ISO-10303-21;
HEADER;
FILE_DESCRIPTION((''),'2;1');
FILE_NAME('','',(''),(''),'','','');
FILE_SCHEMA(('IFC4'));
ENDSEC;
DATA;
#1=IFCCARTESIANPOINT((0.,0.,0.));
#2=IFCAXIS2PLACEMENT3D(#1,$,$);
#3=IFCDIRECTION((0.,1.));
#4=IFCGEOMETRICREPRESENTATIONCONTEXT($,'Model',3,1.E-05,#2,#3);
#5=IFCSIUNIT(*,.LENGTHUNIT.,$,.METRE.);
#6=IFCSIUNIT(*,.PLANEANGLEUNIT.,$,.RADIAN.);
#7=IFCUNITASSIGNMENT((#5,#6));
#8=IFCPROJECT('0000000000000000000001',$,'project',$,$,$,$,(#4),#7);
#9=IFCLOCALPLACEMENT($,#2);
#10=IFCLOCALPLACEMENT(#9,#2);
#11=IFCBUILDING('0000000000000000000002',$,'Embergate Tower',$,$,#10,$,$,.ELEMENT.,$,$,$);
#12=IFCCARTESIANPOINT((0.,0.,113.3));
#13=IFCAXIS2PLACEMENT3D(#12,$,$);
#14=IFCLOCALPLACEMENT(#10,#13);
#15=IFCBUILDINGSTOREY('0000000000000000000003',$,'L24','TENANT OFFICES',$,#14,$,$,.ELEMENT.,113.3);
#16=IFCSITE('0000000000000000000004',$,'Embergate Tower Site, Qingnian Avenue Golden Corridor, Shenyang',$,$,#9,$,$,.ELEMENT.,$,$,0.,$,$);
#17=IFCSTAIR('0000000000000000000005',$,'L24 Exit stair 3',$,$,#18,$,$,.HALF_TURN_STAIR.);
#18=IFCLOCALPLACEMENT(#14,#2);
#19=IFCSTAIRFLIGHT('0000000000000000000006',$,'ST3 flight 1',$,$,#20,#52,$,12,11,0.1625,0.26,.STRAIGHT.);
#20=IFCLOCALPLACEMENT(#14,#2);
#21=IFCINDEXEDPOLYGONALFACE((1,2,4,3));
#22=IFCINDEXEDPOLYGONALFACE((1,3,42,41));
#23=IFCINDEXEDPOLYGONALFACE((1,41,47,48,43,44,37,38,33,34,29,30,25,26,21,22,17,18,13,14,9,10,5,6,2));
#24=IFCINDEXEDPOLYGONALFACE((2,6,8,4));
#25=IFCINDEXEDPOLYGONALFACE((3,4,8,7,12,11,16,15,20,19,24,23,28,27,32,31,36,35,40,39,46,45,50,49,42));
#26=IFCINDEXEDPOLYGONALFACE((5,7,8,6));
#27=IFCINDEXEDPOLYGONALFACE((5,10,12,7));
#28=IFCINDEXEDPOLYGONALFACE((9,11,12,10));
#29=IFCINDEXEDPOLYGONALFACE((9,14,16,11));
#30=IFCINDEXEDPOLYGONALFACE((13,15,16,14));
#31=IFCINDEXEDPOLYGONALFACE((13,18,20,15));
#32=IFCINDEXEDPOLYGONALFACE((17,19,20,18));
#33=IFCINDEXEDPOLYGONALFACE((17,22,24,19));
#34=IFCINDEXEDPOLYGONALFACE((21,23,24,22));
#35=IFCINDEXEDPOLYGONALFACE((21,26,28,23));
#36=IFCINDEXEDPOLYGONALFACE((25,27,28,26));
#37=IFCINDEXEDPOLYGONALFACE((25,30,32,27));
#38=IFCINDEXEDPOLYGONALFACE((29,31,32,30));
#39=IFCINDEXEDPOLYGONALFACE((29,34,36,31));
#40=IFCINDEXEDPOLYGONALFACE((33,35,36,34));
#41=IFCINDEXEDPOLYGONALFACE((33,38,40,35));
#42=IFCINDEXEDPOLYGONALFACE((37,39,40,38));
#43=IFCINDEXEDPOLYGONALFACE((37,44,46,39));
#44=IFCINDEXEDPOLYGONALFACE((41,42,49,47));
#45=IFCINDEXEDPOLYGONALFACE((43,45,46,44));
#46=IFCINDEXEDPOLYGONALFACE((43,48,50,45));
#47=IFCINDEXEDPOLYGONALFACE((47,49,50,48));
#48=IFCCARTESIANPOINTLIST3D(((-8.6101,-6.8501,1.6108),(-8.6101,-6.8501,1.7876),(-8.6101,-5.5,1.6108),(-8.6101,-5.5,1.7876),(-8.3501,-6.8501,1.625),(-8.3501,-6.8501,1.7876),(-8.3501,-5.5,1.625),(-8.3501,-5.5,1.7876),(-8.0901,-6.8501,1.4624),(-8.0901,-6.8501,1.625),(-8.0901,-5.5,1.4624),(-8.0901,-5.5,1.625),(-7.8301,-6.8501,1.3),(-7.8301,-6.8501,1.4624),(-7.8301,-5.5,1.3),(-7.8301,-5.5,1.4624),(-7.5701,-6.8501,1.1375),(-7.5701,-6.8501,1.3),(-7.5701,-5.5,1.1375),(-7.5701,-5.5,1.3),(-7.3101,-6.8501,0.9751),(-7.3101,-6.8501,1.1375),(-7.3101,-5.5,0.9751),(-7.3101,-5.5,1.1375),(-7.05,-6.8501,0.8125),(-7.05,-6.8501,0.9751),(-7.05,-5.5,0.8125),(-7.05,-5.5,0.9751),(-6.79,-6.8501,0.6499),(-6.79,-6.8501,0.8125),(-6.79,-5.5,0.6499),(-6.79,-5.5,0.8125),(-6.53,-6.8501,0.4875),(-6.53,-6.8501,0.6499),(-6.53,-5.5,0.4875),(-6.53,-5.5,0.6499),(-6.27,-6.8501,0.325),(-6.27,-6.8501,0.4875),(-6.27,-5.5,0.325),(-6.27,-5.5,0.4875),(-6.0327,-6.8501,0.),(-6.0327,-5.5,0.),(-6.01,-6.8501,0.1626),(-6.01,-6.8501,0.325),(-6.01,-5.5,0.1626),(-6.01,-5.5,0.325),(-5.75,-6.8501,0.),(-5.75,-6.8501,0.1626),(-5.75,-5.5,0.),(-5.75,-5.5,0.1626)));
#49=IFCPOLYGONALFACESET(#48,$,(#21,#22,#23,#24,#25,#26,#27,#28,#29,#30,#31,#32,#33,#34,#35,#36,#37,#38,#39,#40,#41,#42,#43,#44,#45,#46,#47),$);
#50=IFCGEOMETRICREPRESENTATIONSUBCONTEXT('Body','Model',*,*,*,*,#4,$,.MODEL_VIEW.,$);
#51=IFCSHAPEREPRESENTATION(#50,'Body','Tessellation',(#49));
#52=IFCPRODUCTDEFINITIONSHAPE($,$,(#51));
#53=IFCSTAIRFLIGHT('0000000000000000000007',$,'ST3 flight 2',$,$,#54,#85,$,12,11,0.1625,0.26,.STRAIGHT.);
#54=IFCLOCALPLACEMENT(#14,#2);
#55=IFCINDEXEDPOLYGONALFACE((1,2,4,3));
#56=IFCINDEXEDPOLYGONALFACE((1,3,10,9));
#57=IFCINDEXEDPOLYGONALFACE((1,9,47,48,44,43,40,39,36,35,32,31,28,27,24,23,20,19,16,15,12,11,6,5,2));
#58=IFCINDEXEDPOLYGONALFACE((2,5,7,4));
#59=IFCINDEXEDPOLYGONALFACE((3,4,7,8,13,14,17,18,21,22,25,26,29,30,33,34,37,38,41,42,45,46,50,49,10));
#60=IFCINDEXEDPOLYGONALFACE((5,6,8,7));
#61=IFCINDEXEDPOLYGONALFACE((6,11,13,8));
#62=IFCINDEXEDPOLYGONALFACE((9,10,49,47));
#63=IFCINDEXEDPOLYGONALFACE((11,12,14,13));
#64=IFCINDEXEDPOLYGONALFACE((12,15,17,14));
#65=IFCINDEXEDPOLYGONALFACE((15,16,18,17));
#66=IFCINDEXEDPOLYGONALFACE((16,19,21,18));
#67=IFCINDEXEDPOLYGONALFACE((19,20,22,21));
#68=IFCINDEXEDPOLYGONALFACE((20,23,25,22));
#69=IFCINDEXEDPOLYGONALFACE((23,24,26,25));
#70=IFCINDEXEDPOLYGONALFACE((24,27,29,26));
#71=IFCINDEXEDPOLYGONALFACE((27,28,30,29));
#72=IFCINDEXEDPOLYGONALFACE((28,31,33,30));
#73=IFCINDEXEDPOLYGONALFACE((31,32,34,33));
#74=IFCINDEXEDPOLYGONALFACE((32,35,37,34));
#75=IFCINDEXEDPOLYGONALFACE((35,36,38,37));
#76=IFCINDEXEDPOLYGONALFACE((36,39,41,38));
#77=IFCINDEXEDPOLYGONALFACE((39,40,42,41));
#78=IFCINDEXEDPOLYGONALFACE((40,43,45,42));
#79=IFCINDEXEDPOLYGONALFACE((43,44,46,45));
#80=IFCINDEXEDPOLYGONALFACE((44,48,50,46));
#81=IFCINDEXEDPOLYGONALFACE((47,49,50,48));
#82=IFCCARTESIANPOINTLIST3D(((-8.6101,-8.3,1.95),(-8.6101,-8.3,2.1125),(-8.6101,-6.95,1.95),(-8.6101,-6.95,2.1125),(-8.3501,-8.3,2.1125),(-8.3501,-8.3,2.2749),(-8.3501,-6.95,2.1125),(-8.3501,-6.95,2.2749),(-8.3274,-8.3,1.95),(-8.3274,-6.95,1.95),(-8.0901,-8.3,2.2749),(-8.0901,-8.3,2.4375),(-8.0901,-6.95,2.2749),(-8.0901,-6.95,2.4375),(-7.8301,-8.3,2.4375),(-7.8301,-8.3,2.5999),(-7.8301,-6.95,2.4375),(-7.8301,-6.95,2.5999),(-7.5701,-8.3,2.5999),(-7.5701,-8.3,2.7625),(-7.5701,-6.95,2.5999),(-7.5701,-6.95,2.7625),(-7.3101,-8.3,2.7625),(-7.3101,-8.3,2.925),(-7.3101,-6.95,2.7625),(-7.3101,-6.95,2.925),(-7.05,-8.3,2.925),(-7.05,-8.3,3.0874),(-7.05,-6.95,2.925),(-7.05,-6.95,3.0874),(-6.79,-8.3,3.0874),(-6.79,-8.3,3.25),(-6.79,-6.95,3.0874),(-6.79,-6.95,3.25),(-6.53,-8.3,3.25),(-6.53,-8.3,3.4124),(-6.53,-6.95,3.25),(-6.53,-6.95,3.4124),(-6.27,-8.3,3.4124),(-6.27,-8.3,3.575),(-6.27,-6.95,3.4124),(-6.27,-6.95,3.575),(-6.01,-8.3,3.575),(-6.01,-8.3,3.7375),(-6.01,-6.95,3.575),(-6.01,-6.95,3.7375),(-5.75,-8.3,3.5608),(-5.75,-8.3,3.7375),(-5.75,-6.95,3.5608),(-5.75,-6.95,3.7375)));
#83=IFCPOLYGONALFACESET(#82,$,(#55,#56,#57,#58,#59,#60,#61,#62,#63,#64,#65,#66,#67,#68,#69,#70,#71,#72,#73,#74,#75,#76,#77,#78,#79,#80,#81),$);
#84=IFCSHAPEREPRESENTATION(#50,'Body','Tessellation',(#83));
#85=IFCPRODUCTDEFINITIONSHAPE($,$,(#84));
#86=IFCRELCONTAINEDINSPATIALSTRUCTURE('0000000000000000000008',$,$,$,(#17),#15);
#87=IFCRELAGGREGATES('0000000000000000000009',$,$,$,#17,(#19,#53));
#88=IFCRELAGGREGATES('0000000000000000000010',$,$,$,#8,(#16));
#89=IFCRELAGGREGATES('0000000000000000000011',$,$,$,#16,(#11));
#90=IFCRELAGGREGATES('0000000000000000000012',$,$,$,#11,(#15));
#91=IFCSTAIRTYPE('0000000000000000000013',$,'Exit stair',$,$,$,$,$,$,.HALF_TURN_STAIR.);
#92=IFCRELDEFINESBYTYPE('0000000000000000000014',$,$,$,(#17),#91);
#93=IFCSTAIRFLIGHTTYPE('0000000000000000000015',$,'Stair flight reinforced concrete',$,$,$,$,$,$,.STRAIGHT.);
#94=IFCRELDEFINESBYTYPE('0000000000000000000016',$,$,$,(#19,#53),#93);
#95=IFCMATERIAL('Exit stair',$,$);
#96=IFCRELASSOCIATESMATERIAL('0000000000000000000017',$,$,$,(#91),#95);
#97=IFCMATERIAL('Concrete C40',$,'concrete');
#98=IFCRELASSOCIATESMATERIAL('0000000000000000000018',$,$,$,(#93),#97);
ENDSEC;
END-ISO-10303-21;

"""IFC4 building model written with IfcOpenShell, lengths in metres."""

from ifc_helpers import new_model, si_unit, direction, frame, origin, place, context, subcontext, project, spatial, polyline, outline, extrude, source, transform, mapped, material, type_object, element, aggregate, save


model = new_model("IFC4")

# Units and contexts
model_context = context("Model", 3, precision=1e-05, world=origin(), true_north=direction((0.0, 1.0)))
body_context = subcontext(model_context, "Body", "Model", "MODEL_VIEW")
ifc_project = project(units=[si_unit("LENGTHUNIT", "METRE"), si_unit("PLANEANGLEUNIT", "RADIAN")], contexts=[model_context])

# Site, building, storey
site_placement = place(None, origin())
site = spatial("IfcSite", under=ifc_project, at=site_placement, Name="Embergate Tower Site, Qingnian Avenue Golden Corridor, Shenyang", CompositionType="ELEMENT", RefElevation=0.0)
building_placement = place(site_placement, origin())
building = spatial("IfcBuilding", under=site, at=building_placement, Name="Embergate Tower", CompositionType="ELEMENT")
storey_placement = place(building_placement, frame((0.0, 0.0, 113.3)))
storey = spatial("IfcBuildingStorey", under=building, at=storey_placement, Name="L24", Description="TENANT OFFICES", CompositionType="ELEMENT", Elevation=113.3)

# Stair
ifc_material_1 = material(Name="Exit stair")
stair_type = type_object("IfcStairType", Name="Exit stair", PredefinedType="HALF_TURN_STAIR", material=ifc_material_1)
stair_placement = place(storey_placement, origin())
stair = element("IfcStair", 1, at=stair_placement, inside=storey, type_object=stair_type, Name="L24 Exit stair 3", PredefinedType="HALF_TURN_STAIR")
ifc_material_2 = material(Name="Concrete C40", Category="concrete")

# Stair flights
stair_flight_type = type_object("IfcStairFlightType", Name="Stair flight reinforced concrete", PredefinedType="STRAIGHT", material=ifc_material_2)
shared_shape_1 = source(origin(), body_context, "Body", "SweptSolid", [
    extrude(outline(polyline([(0.0, 0.0), (0.0, 0.1626), (0.26, 0.1626), (0.26, 0.325), (0.52, 0.325), (0.52, 0.4875), (0.78, 0.4875), (0.78, 0.6499), (1.04, 0.6499), (1.04, 0.8125), (1.3, 0.8125), (1.3, 0.9751), (1.5601, 0.9751), (1.5601, 1.1375), (1.8201, 1.1375), (1.8201, 1.3), (2.0801, 1.3), (2.0801, 1.4624), (2.3401, 1.4624), (2.3401, 1.625), (2.6001, 1.625), (2.6001, 1.7876), (2.8601, 1.7876), (2.8601, 1.95), (2.8601, 1.6108), (0.2827, 0.0), (0.0, 0.0)])), frame((0.0, 0.675, 0.0), z_axis=(0.0, -1.0, 0.0), x_axis=(1.0, 0.0, 0.0)), (0.0, 0.0, 1.0), 1.3501),
])
stair_flight_1_placement = place(storey_placement, frame((-5.75, -6.175, 0.0), z_axis=(0.0, 0.0, 1.0), x_axis=(-1.0, 0.0, 0.0)))
stair_flight_1 = element("IfcStairFlight", 2, at=stair_flight_1_placement, type_object=stair_flight_type, Name="ST3 flight 1", NumberOfRisers=12, NumberOfTreads=11, PredefinedType="STRAIGHT", RiserHeight=0.1625, TreadLength=0.26, context=body_context, shape_type="MappedRepresentation", body=[
    mapped(shared_shape_1, transform((0.0, 0.0, 0.0))),
])
stair_flight_2_placement = place(storey_placement, frame((-8.6101, -7.625, 1.95), z_axis=(0.0, 0.0, 1.0), x_axis=(1.0, 0.0, 0.0)))
stair_flight_2 = element("IfcStairFlight", 3, at=stair_flight_2_placement, type_object=stair_flight_type, Name="ST3 flight 2", NumberOfRisers=12, NumberOfTreads=11, PredefinedType="STRAIGHT", RiserHeight=0.1625, TreadLength=0.26, context=body_context, shape_type="MappedRepresentation", body=[
    mapped(shared_shape_1, transform((0.0, 0.0, 0.0))),
])
aggregate(stair, [stair_flight_1, stair_flight_2])

save(model, "model.ifc")
